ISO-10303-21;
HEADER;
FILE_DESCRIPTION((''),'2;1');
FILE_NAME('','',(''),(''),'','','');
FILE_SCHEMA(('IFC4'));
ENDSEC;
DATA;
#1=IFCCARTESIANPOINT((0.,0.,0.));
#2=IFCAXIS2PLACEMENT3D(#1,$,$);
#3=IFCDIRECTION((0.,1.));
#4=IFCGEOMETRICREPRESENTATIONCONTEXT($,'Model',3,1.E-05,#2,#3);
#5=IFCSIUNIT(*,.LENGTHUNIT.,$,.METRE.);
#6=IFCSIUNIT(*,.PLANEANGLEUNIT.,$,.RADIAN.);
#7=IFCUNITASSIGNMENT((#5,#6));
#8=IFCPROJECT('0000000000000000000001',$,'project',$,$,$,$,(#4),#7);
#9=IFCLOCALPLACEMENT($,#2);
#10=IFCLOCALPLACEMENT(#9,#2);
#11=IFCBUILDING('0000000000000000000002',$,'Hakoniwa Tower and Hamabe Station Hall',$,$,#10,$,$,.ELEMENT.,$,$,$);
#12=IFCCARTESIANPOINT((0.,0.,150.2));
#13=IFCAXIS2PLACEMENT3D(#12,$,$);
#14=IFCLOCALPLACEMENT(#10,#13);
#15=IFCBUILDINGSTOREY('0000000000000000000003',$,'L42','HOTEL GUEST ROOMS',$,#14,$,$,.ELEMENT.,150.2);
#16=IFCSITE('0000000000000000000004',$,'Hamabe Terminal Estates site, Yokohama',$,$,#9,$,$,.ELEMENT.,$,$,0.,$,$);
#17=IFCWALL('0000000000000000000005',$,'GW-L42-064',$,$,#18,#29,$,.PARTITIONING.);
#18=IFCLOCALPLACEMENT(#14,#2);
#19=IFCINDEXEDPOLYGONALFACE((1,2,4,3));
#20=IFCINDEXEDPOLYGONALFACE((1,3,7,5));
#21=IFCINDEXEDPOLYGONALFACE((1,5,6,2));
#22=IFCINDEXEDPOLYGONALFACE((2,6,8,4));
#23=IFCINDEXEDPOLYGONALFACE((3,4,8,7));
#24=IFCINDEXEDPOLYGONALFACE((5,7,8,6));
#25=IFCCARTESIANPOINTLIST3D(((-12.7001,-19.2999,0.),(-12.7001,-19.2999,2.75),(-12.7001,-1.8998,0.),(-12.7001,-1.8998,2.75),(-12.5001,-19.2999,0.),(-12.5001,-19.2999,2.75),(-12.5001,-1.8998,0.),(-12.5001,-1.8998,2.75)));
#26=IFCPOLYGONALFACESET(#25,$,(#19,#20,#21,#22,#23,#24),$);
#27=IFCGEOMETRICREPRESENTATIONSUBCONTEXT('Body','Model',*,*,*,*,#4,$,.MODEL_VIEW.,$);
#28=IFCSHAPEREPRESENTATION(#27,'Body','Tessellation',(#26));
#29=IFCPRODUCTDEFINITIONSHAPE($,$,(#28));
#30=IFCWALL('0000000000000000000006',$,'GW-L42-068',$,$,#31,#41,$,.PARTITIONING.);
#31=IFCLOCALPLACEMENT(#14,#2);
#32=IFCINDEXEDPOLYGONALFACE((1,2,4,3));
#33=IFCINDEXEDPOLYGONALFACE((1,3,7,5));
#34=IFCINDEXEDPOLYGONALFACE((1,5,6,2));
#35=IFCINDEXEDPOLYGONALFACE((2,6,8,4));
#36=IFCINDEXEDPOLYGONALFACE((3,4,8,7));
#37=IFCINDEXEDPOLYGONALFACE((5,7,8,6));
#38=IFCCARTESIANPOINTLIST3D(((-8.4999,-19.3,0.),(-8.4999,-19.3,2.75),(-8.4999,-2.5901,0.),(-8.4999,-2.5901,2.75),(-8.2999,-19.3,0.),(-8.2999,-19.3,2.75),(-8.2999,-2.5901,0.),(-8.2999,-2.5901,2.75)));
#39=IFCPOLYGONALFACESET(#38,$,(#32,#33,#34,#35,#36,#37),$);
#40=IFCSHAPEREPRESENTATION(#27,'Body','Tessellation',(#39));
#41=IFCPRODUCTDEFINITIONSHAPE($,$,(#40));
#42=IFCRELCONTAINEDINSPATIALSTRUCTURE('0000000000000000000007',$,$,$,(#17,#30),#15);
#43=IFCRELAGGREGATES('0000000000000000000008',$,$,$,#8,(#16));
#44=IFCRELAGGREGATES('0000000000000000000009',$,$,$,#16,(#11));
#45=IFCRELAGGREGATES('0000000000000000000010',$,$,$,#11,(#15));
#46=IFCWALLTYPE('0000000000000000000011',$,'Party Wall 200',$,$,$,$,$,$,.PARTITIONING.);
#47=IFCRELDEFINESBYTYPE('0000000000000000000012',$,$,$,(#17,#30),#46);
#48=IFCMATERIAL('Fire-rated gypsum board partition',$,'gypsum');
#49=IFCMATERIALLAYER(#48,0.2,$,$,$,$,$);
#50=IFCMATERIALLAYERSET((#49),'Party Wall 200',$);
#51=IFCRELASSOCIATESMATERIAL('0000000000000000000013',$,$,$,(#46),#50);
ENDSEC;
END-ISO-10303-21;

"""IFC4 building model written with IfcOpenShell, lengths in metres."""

from ifc_helpers import new_model, si_unit, direction, frame, frame_2d, origin, place, context, subcontext, project, spatial, rectangle, extrude, material, layer, layer_set, type_object, element, save


model = new_model("IFC4")

# Units and contexts
model_context = context("Model", 3, precision=1e-05, world=origin(), true_north=direction((0.0, 1.0)))
body_context = subcontext(model_context, "Body", "Model", "MODEL_VIEW")
ifc_project = project(units=[si_unit("LENGTHUNIT", "METRE"), si_unit("PLANEANGLEUNIT", "RADIAN")], contexts=[model_context])

# Site, building, storey
site_placement = place(None, origin())
site = spatial("IfcSite", under=ifc_project, at=site_placement, Name="Hamabe Terminal Estates site, Yokohama", CompositionType="ELEMENT", RefElevation=0.0)
building_placement = place(site_placement, origin())
building = spatial("IfcBuilding", under=site, at=building_placement, Name="Hakoniwa Tower and Hamabe Station Hall", CompositionType="ELEMENT")
storey_placement = place(building_placement, frame((0.0, 0.0, 150.2)))
storey = spatial("IfcBuildingStorey", under=building, at=storey_placement, Name="L42", Description="HOTEL GUEST ROOMS", CompositionType="ELEMENT", Elevation=150.2)

# Walls
ifc_material_1 = material(Name="Fire-rated gypsum board partition", Category="gypsum")
ifc_layer_1 = layer(ifc_material_1, 0.2)
ifc_layer_set_1 = layer_set([ifc_layer_1], Name="Party Wall 200")
wall_type_1 = type_object("IfcWallType", Name="Party Wall 200", PredefinedType="PARTITIONING", material=ifc_layer_set_1)
wall_1_placement = place(storey_placement, frame((-12.6001, -19.3, 0.0), z_axis=(0.0, 0.0, 1.0), x_axis=(0.0, 1.0, 0.0)))
element("IfcWall", 1, at=wall_1_placement, inside=storey, type_object=wall_type_1, Name="GW-L42-064", PredefinedType="PARTITIONING", context=body_context, shape_type="SweptSolid", body=[
    extrude(rectangle(XDim=17.4001, YDim=0.2, at=frame_2d((8.7002, 0.0))), origin(), (0.0, 0.0, 1.0), 2.75),
])
wall_2_placement = place(storey_placement, frame((-8.3999, -19.3, 0.0), z_axis=(0.0, 0.0, 1.0), x_axis=(0.0, 1.0, 0.0)))
element("IfcWall", 2, at=wall_2_placement, inside=storey, type_object=wall_type_1, Name="GW-L42-068", PredefinedType="PARTITIONING", context=body_context, shape_type="SweptSolid", body=[
    extrude(rectangle(XDim=16.71, YDim=0.2, at=frame_2d((8.355, 0.0))), origin(), (0.0, 0.0, 1.0), 2.75),
])

save(model, "model.ifc")
